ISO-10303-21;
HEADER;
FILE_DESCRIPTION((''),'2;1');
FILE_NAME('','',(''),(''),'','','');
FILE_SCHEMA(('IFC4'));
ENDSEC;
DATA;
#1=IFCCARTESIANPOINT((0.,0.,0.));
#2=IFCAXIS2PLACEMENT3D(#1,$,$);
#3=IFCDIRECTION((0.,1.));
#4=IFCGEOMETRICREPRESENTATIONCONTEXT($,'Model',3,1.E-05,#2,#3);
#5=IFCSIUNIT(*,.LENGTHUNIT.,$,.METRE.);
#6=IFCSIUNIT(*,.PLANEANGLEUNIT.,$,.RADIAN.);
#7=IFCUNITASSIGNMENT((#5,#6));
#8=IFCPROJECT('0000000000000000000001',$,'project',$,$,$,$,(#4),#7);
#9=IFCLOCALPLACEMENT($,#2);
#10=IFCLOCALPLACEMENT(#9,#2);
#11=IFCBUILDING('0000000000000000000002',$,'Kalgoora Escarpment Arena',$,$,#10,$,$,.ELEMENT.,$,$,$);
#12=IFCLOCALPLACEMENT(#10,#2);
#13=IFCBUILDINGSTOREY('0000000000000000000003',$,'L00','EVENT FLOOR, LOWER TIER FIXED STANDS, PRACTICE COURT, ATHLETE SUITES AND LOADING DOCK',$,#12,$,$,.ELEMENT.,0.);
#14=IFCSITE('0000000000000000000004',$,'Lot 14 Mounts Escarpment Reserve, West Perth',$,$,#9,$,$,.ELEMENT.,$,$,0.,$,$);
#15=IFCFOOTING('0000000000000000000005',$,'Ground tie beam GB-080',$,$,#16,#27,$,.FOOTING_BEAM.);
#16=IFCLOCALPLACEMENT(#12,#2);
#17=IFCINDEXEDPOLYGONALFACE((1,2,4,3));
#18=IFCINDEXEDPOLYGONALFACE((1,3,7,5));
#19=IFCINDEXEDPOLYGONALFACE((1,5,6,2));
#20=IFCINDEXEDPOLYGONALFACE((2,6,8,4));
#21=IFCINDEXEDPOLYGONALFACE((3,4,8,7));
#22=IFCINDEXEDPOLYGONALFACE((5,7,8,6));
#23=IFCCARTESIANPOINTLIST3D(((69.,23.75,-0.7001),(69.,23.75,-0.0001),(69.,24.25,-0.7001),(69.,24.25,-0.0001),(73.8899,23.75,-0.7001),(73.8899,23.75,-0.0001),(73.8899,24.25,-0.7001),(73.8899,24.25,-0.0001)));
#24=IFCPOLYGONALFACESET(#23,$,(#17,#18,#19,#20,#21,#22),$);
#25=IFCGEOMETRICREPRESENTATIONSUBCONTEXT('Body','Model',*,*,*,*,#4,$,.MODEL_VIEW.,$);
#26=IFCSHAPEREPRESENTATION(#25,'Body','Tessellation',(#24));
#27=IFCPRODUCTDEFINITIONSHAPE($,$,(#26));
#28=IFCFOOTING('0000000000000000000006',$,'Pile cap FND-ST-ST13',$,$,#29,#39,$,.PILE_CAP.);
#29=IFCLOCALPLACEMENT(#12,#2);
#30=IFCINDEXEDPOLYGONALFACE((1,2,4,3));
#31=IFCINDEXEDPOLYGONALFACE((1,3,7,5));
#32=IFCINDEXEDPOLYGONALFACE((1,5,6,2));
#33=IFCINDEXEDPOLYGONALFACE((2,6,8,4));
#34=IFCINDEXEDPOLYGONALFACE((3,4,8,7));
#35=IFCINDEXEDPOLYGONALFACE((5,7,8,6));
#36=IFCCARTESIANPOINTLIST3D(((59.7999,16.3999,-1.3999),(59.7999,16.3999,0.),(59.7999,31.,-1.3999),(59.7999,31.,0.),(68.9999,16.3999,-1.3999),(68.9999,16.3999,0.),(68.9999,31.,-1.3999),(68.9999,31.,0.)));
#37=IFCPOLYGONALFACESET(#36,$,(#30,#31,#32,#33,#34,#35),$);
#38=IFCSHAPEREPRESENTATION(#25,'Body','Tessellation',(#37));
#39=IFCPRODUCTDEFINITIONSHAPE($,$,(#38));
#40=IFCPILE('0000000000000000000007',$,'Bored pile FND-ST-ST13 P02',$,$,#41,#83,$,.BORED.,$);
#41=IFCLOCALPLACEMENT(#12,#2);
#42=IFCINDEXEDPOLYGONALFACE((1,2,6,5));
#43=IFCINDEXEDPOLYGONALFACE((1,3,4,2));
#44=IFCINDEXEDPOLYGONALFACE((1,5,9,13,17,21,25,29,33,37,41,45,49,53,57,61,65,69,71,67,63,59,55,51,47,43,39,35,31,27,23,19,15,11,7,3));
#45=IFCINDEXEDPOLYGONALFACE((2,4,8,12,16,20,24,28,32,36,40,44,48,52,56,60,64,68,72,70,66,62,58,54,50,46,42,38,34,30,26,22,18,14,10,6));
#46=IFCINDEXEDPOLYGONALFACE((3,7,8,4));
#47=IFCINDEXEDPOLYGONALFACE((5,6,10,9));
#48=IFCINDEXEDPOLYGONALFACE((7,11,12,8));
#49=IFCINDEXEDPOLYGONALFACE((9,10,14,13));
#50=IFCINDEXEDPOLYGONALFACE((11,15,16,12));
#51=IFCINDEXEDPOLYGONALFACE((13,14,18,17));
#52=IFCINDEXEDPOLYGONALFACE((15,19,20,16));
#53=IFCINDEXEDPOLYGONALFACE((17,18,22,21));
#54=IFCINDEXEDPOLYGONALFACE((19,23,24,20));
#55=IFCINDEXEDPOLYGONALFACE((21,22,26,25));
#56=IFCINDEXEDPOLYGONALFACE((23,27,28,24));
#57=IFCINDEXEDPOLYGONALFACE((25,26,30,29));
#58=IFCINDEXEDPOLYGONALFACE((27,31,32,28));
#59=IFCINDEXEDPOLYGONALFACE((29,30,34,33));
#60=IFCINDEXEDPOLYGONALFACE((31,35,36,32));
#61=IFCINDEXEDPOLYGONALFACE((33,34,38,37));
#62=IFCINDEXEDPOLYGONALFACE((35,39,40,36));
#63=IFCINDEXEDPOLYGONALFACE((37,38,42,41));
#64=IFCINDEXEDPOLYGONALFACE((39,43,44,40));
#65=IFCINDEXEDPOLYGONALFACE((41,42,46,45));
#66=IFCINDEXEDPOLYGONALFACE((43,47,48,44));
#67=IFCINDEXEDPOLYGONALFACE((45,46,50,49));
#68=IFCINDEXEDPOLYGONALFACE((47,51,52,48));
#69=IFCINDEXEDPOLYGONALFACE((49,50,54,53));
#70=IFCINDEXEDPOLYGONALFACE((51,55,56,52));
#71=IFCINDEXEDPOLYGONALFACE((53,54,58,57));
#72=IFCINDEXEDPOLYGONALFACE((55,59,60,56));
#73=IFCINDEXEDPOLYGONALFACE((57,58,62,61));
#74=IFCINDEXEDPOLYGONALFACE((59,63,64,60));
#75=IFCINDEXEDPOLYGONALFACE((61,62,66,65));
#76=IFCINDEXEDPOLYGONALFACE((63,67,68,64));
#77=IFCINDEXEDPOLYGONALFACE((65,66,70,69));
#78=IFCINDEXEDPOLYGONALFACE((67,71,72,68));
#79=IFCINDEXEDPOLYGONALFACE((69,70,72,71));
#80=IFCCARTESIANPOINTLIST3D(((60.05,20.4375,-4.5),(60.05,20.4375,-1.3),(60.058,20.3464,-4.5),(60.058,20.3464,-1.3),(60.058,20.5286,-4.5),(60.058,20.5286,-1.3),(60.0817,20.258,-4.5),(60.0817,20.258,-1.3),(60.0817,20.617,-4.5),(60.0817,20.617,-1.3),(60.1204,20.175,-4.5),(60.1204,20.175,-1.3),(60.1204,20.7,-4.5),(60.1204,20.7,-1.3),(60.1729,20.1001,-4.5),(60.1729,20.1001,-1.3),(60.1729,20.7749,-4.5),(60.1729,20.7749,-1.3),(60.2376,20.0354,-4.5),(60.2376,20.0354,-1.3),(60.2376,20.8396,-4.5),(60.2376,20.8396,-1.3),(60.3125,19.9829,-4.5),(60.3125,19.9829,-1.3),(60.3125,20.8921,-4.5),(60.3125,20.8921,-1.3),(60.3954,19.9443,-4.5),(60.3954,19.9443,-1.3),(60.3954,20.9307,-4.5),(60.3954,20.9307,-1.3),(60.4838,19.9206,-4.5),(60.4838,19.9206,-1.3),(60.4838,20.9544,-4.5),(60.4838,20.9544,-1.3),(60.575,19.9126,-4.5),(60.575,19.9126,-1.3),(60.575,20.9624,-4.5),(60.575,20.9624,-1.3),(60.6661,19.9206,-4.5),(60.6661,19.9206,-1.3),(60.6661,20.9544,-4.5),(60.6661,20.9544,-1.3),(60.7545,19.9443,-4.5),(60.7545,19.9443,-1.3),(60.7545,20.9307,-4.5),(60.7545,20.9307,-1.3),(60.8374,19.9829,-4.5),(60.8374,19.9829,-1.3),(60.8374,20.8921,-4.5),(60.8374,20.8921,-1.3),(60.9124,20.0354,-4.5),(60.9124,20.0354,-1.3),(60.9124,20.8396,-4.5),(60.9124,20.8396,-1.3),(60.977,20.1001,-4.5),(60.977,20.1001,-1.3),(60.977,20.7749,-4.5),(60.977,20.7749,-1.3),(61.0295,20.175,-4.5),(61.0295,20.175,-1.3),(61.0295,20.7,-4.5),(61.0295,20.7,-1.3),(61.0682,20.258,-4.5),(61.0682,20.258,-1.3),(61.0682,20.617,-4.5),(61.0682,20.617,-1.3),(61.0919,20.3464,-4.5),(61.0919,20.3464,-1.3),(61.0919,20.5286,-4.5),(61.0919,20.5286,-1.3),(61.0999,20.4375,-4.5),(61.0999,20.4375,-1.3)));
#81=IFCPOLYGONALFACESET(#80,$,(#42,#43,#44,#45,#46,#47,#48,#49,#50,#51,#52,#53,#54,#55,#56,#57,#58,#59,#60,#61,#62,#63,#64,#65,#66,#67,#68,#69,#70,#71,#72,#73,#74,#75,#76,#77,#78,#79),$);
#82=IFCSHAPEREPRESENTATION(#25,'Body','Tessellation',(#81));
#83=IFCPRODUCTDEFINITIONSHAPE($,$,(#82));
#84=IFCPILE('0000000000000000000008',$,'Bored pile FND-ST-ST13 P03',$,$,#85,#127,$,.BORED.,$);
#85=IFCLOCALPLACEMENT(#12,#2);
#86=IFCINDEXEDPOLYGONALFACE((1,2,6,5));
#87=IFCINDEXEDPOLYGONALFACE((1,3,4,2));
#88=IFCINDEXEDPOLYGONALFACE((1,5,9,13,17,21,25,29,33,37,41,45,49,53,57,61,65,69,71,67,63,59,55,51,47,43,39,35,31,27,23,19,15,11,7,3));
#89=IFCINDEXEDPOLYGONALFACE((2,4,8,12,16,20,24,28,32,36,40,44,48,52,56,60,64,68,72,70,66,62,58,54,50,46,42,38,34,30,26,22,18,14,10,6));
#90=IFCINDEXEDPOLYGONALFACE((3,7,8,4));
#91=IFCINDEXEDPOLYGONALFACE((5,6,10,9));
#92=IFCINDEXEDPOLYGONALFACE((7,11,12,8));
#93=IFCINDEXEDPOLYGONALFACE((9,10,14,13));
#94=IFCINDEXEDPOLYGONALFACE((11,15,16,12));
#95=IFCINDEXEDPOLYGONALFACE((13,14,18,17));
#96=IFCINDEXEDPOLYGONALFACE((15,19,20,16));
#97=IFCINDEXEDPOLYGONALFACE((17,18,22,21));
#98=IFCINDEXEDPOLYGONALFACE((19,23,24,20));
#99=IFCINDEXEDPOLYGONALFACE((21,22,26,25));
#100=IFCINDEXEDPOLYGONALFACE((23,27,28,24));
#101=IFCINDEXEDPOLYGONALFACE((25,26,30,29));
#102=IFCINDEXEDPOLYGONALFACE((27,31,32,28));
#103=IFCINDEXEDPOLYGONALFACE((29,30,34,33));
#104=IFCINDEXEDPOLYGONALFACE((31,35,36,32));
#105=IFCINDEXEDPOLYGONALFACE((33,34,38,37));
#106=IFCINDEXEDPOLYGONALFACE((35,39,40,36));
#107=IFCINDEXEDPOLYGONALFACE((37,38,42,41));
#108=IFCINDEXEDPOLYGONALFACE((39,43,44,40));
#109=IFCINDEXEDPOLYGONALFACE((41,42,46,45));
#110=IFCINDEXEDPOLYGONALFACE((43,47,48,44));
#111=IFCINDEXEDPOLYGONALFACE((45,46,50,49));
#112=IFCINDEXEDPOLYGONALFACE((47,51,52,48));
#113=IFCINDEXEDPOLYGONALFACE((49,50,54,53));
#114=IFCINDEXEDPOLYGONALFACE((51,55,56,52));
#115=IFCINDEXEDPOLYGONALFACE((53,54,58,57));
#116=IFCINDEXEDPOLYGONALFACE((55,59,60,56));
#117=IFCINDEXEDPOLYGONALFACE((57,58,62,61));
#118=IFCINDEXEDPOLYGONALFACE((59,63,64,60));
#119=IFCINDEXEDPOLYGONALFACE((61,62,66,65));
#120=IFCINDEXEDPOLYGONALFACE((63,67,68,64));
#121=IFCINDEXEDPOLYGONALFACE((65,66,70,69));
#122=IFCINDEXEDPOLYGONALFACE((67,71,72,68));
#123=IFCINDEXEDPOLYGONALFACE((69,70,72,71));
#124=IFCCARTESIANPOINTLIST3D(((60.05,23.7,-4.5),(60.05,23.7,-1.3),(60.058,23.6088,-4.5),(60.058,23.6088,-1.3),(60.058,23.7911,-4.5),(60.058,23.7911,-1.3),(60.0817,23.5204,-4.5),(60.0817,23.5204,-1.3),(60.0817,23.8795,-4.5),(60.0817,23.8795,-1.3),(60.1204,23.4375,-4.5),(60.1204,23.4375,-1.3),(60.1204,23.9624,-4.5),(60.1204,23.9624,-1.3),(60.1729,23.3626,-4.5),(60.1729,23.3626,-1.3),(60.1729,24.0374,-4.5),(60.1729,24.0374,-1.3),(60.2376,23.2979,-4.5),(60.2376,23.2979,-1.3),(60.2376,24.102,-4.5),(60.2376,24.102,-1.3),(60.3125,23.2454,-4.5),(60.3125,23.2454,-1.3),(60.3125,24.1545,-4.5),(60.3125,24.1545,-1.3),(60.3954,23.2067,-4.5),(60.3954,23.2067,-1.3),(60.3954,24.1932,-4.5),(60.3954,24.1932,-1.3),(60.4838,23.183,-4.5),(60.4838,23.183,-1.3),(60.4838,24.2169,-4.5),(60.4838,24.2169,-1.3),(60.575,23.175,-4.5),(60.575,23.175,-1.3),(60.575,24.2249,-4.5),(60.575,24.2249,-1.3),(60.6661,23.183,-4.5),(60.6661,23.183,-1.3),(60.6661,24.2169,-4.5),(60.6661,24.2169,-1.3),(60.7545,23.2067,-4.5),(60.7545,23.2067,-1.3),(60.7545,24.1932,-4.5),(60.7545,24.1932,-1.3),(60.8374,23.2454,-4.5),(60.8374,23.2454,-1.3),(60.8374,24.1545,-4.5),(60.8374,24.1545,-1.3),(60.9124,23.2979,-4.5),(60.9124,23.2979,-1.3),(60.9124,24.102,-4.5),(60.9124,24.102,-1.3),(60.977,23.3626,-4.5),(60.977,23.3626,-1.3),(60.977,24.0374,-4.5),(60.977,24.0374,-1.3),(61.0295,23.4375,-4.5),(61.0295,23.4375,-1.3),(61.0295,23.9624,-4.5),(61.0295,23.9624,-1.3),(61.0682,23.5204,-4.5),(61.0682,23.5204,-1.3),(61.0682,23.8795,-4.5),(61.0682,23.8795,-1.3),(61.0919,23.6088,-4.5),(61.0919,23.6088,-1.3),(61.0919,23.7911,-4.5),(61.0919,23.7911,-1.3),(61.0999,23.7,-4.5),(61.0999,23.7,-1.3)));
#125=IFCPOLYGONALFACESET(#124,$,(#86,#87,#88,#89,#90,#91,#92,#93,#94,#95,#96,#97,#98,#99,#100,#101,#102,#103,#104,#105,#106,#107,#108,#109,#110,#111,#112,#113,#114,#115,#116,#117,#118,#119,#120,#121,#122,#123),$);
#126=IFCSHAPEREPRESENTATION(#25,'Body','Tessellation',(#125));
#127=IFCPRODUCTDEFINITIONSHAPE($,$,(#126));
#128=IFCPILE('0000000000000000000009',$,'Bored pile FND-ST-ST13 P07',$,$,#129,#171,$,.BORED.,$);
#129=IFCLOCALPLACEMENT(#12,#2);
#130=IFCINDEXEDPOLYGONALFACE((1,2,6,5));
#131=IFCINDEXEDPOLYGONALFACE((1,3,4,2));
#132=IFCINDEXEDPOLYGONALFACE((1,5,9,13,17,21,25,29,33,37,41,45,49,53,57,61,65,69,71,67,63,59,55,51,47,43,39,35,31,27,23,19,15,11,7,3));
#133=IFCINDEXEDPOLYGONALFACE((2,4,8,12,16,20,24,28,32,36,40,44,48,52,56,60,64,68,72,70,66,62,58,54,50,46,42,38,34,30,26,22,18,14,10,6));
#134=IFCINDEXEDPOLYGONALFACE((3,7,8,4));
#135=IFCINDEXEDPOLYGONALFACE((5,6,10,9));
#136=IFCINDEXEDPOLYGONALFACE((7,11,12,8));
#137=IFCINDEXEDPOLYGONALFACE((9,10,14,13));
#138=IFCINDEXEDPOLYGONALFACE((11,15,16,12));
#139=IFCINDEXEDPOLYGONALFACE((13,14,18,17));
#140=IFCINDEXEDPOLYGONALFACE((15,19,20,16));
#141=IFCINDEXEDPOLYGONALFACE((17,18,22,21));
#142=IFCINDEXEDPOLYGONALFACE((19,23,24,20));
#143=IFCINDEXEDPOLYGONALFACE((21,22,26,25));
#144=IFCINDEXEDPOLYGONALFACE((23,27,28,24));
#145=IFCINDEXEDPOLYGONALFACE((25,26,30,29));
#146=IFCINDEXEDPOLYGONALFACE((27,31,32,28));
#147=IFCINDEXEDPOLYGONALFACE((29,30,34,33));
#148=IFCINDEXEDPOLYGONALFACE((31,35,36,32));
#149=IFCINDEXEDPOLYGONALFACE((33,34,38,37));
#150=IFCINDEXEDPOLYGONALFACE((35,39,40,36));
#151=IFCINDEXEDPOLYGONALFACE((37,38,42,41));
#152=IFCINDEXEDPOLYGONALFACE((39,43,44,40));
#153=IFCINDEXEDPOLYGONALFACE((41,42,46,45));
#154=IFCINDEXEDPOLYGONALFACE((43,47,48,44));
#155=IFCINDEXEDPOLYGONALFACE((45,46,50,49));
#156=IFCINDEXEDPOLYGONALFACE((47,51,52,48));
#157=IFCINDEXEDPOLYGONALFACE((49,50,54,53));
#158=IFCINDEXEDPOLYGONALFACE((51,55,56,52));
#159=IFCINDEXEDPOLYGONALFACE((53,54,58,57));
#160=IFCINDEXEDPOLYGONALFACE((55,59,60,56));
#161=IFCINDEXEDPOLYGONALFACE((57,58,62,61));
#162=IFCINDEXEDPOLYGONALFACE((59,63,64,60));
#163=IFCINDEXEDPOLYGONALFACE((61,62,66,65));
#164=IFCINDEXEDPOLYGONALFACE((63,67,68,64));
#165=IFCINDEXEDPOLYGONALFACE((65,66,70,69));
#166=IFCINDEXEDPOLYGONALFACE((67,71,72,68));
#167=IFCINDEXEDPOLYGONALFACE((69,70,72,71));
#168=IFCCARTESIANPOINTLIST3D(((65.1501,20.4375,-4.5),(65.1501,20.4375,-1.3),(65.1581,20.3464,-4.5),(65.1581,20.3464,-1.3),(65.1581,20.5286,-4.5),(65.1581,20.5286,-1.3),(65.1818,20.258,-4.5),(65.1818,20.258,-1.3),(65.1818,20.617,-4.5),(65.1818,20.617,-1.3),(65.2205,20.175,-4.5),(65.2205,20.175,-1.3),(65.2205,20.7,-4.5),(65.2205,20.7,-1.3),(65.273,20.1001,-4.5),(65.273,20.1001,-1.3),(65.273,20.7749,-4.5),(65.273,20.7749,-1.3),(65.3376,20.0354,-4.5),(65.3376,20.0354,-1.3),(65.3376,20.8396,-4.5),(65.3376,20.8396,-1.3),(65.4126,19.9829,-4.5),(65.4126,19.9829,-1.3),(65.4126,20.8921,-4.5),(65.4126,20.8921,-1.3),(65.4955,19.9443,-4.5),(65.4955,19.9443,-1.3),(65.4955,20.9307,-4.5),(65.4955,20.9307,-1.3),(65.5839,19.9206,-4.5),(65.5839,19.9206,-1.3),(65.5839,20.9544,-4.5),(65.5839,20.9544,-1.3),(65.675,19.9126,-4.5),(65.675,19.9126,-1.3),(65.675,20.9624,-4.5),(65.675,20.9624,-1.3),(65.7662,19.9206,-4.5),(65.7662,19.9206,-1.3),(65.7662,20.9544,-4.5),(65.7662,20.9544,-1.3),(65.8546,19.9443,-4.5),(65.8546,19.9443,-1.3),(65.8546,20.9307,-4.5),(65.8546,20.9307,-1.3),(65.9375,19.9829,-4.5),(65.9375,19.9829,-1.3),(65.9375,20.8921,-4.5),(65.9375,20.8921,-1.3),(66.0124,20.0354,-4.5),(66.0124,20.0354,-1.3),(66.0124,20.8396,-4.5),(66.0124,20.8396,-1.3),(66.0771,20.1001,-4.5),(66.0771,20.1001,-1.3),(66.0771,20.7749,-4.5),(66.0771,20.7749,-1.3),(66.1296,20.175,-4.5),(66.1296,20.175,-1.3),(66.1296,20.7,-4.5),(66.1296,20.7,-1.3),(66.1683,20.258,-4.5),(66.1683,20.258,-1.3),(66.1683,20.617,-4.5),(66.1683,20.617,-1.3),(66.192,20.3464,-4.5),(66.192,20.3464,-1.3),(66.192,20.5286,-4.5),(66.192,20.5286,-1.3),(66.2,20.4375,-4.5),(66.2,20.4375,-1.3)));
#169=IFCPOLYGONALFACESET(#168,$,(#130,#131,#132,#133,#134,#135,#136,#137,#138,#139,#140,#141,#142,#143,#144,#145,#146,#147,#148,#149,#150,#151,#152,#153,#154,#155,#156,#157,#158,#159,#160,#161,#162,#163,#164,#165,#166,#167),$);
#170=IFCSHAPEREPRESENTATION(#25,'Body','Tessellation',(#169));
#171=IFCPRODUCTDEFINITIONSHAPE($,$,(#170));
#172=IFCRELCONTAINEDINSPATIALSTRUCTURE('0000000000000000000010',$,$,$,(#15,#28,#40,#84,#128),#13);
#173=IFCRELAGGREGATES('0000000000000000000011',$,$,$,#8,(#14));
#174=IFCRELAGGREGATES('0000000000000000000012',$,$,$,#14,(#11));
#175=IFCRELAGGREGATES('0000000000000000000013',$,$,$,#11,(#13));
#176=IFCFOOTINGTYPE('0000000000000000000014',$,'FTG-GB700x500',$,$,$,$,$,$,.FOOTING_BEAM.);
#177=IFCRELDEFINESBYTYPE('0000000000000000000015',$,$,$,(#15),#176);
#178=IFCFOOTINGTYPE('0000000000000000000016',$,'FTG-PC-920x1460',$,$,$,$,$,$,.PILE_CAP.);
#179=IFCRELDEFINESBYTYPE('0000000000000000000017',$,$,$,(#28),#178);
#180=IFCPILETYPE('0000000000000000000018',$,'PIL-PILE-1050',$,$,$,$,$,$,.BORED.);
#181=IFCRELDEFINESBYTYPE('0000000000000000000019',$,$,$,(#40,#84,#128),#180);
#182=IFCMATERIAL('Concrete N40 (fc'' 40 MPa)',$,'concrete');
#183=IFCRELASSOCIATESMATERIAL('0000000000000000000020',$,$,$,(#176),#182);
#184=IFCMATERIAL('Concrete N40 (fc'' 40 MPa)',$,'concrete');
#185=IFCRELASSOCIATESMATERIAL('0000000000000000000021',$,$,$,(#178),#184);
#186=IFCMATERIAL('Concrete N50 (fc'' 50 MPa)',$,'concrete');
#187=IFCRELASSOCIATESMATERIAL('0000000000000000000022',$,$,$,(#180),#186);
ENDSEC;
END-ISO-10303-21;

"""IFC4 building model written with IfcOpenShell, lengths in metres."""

from ifc_helpers import new_model, si_unit, direction, frame, origin, origin_2d, place, context, subcontext, project, spatial, rectangle, circle, extrude, material, material_profile, profile_set, type_object, element, save


model = new_model("IFC4")

# Units and contexts
model_context = context("Model", 3, precision=1e-05, world=origin(), true_north=direction((0.0, 1.0)))
body_context = subcontext(model_context, "Body", "Model", "MODEL_VIEW")
ifc_project = project(units=[si_unit("LENGTHUNIT", "METRE"), si_unit("PLANEANGLEUNIT", "RADIAN")], contexts=[model_context])

# Site, building, storey
site_placement = place(None, origin())
site = spatial("IfcSite", under=ifc_project, at=site_placement, Name="Lot 14 Mounts Escarpment Reserve, West Perth", CompositionType="ELEMENT", RefElevation=0.0)
building_placement = place(site_placement, origin())
building = spatial("IfcBuilding", under=site, at=building_placement, Name="Kalgoora Escarpment Arena", CompositionType="ELEMENT")
storey_placement = place(building_placement, origin())
storey = spatial("IfcBuildingStorey", under=building, at=storey_placement, Name="L00", Description="EVENT FLOOR, LOWER TIER FIXED STANDS, PRACTICE COURT, ATHLETE SUITES AND LOADING DOCK", CompositionType="ELEMENT", Elevation=0.0)

# Footings
ifc_material_1 = material(Name="Concrete N40 (fc' 40 MPa)", Category="concrete")
ifc_material_profile_1 = material_profile(ifc_material_1, rectangle(XDim=0.5, YDim=0.7, at=origin_2d()))
ifc_profile_set_1 = profile_set([ifc_material_profile_1], Name="Concrete N40 (fc' 40 MPa)")
footing_type_1 = type_object("IfcFootingType", Name="FTG-GB700x500", PredefinedType="FOOTING_BEAM", material=ifc_profile_set_1)
footing_1_placement = place(storey_placement, frame((69.0, 24.0, -0.3501), z_axis=(1.0, 0.0, 0.0), x_axis=(0.0, 1.0, 0.0)))
element("IfcFooting", 1, at=footing_1_placement, inside=storey, type_object=footing_type_1, Name="Ground tie beam GB-080", PredefinedType="FOOTING_BEAM", context=body_context, shape_type="SweptSolid", body=[
    extrude(rectangle(XDim=0.5, YDim=0.7, at=origin_2d()), origin(), (0.0, 0.0, 1.0), 4.8899),
])
ifc_material_2 = material(Name="Concrete N40 (fc' 40 MPa)", Category="concrete")
footing_type_2 = type_object("IfcFootingType", Name="FTG-PC-920x1460", PredefinedType="PILE_CAP", material=ifc_material_2)
footing_2_placement = place(storey_placement, frame((64.3999, 23.7, -1.3999), z_axis=(0.0, 0.0, 1.0), x_axis=(1.0, 0.0, 0.0)))
element("IfcFooting", 2, at=footing_2_placement, inside=storey, type_object=footing_type_2, Name="Pile cap FND-ST-ST13", PredefinedType="PILE_CAP", context=body_context, shape_type="SweptSolid", body=[
    extrude(rectangle(XDim=9.2, YDim=14.6001, at=origin_2d()), origin(), (0.0, 0.0, 1.0), 1.3999),
])

# Piles
ifc_material_3 = material(Name="Concrete N50 (fc' 50 MPa)", Category="concrete")
ifc_material_profile_2 = material_profile(ifc_material_3, circle(Radius=0.5249, at=origin_2d()))
ifc_profile_set_2 = profile_set([ifc_material_profile_2], Name="Concrete N50 (fc' 50 MPa)")
pile_type = type_object("IfcPileType", Name="PIL-PILE-1050", PredefinedType="BORED", material=ifc_profile_set_2)
for number, where, z_axis, x_axis, name in (
    (3, (60.575, 20.4375, -1.3), (0.0, 0.0, -1.0), (1.0, 0.0, 0.0), "Bored pile FND-ST-ST13 P02"),
    (4, (60.575, 23.7, -1.3), (0.0, 0.0, -1.0), (1.0, 0.0, 0.0), "Bored pile FND-ST-ST13 P03"),
    (5, (65.675, 20.4375, -1.3), (0.0, 0.0, -1.0), (1.0, 0.0, 0.0), "Bored pile FND-ST-ST13 P07"),
):
    element("IfcPile", number, at=place(storey_placement, frame(where, z_axis=z_axis, x_axis=x_axis)), inside=storey, type_object=pile_type, Name=name, PredefinedType="BORED", context=body_context, shape_type="SweptSolid", body=[
        extrude(circle(Radius=0.5249, at=origin_2d()), origin(), (0.0, 0.0, 1.0), 3.2),
    ])

save(model, "model.ifc")
